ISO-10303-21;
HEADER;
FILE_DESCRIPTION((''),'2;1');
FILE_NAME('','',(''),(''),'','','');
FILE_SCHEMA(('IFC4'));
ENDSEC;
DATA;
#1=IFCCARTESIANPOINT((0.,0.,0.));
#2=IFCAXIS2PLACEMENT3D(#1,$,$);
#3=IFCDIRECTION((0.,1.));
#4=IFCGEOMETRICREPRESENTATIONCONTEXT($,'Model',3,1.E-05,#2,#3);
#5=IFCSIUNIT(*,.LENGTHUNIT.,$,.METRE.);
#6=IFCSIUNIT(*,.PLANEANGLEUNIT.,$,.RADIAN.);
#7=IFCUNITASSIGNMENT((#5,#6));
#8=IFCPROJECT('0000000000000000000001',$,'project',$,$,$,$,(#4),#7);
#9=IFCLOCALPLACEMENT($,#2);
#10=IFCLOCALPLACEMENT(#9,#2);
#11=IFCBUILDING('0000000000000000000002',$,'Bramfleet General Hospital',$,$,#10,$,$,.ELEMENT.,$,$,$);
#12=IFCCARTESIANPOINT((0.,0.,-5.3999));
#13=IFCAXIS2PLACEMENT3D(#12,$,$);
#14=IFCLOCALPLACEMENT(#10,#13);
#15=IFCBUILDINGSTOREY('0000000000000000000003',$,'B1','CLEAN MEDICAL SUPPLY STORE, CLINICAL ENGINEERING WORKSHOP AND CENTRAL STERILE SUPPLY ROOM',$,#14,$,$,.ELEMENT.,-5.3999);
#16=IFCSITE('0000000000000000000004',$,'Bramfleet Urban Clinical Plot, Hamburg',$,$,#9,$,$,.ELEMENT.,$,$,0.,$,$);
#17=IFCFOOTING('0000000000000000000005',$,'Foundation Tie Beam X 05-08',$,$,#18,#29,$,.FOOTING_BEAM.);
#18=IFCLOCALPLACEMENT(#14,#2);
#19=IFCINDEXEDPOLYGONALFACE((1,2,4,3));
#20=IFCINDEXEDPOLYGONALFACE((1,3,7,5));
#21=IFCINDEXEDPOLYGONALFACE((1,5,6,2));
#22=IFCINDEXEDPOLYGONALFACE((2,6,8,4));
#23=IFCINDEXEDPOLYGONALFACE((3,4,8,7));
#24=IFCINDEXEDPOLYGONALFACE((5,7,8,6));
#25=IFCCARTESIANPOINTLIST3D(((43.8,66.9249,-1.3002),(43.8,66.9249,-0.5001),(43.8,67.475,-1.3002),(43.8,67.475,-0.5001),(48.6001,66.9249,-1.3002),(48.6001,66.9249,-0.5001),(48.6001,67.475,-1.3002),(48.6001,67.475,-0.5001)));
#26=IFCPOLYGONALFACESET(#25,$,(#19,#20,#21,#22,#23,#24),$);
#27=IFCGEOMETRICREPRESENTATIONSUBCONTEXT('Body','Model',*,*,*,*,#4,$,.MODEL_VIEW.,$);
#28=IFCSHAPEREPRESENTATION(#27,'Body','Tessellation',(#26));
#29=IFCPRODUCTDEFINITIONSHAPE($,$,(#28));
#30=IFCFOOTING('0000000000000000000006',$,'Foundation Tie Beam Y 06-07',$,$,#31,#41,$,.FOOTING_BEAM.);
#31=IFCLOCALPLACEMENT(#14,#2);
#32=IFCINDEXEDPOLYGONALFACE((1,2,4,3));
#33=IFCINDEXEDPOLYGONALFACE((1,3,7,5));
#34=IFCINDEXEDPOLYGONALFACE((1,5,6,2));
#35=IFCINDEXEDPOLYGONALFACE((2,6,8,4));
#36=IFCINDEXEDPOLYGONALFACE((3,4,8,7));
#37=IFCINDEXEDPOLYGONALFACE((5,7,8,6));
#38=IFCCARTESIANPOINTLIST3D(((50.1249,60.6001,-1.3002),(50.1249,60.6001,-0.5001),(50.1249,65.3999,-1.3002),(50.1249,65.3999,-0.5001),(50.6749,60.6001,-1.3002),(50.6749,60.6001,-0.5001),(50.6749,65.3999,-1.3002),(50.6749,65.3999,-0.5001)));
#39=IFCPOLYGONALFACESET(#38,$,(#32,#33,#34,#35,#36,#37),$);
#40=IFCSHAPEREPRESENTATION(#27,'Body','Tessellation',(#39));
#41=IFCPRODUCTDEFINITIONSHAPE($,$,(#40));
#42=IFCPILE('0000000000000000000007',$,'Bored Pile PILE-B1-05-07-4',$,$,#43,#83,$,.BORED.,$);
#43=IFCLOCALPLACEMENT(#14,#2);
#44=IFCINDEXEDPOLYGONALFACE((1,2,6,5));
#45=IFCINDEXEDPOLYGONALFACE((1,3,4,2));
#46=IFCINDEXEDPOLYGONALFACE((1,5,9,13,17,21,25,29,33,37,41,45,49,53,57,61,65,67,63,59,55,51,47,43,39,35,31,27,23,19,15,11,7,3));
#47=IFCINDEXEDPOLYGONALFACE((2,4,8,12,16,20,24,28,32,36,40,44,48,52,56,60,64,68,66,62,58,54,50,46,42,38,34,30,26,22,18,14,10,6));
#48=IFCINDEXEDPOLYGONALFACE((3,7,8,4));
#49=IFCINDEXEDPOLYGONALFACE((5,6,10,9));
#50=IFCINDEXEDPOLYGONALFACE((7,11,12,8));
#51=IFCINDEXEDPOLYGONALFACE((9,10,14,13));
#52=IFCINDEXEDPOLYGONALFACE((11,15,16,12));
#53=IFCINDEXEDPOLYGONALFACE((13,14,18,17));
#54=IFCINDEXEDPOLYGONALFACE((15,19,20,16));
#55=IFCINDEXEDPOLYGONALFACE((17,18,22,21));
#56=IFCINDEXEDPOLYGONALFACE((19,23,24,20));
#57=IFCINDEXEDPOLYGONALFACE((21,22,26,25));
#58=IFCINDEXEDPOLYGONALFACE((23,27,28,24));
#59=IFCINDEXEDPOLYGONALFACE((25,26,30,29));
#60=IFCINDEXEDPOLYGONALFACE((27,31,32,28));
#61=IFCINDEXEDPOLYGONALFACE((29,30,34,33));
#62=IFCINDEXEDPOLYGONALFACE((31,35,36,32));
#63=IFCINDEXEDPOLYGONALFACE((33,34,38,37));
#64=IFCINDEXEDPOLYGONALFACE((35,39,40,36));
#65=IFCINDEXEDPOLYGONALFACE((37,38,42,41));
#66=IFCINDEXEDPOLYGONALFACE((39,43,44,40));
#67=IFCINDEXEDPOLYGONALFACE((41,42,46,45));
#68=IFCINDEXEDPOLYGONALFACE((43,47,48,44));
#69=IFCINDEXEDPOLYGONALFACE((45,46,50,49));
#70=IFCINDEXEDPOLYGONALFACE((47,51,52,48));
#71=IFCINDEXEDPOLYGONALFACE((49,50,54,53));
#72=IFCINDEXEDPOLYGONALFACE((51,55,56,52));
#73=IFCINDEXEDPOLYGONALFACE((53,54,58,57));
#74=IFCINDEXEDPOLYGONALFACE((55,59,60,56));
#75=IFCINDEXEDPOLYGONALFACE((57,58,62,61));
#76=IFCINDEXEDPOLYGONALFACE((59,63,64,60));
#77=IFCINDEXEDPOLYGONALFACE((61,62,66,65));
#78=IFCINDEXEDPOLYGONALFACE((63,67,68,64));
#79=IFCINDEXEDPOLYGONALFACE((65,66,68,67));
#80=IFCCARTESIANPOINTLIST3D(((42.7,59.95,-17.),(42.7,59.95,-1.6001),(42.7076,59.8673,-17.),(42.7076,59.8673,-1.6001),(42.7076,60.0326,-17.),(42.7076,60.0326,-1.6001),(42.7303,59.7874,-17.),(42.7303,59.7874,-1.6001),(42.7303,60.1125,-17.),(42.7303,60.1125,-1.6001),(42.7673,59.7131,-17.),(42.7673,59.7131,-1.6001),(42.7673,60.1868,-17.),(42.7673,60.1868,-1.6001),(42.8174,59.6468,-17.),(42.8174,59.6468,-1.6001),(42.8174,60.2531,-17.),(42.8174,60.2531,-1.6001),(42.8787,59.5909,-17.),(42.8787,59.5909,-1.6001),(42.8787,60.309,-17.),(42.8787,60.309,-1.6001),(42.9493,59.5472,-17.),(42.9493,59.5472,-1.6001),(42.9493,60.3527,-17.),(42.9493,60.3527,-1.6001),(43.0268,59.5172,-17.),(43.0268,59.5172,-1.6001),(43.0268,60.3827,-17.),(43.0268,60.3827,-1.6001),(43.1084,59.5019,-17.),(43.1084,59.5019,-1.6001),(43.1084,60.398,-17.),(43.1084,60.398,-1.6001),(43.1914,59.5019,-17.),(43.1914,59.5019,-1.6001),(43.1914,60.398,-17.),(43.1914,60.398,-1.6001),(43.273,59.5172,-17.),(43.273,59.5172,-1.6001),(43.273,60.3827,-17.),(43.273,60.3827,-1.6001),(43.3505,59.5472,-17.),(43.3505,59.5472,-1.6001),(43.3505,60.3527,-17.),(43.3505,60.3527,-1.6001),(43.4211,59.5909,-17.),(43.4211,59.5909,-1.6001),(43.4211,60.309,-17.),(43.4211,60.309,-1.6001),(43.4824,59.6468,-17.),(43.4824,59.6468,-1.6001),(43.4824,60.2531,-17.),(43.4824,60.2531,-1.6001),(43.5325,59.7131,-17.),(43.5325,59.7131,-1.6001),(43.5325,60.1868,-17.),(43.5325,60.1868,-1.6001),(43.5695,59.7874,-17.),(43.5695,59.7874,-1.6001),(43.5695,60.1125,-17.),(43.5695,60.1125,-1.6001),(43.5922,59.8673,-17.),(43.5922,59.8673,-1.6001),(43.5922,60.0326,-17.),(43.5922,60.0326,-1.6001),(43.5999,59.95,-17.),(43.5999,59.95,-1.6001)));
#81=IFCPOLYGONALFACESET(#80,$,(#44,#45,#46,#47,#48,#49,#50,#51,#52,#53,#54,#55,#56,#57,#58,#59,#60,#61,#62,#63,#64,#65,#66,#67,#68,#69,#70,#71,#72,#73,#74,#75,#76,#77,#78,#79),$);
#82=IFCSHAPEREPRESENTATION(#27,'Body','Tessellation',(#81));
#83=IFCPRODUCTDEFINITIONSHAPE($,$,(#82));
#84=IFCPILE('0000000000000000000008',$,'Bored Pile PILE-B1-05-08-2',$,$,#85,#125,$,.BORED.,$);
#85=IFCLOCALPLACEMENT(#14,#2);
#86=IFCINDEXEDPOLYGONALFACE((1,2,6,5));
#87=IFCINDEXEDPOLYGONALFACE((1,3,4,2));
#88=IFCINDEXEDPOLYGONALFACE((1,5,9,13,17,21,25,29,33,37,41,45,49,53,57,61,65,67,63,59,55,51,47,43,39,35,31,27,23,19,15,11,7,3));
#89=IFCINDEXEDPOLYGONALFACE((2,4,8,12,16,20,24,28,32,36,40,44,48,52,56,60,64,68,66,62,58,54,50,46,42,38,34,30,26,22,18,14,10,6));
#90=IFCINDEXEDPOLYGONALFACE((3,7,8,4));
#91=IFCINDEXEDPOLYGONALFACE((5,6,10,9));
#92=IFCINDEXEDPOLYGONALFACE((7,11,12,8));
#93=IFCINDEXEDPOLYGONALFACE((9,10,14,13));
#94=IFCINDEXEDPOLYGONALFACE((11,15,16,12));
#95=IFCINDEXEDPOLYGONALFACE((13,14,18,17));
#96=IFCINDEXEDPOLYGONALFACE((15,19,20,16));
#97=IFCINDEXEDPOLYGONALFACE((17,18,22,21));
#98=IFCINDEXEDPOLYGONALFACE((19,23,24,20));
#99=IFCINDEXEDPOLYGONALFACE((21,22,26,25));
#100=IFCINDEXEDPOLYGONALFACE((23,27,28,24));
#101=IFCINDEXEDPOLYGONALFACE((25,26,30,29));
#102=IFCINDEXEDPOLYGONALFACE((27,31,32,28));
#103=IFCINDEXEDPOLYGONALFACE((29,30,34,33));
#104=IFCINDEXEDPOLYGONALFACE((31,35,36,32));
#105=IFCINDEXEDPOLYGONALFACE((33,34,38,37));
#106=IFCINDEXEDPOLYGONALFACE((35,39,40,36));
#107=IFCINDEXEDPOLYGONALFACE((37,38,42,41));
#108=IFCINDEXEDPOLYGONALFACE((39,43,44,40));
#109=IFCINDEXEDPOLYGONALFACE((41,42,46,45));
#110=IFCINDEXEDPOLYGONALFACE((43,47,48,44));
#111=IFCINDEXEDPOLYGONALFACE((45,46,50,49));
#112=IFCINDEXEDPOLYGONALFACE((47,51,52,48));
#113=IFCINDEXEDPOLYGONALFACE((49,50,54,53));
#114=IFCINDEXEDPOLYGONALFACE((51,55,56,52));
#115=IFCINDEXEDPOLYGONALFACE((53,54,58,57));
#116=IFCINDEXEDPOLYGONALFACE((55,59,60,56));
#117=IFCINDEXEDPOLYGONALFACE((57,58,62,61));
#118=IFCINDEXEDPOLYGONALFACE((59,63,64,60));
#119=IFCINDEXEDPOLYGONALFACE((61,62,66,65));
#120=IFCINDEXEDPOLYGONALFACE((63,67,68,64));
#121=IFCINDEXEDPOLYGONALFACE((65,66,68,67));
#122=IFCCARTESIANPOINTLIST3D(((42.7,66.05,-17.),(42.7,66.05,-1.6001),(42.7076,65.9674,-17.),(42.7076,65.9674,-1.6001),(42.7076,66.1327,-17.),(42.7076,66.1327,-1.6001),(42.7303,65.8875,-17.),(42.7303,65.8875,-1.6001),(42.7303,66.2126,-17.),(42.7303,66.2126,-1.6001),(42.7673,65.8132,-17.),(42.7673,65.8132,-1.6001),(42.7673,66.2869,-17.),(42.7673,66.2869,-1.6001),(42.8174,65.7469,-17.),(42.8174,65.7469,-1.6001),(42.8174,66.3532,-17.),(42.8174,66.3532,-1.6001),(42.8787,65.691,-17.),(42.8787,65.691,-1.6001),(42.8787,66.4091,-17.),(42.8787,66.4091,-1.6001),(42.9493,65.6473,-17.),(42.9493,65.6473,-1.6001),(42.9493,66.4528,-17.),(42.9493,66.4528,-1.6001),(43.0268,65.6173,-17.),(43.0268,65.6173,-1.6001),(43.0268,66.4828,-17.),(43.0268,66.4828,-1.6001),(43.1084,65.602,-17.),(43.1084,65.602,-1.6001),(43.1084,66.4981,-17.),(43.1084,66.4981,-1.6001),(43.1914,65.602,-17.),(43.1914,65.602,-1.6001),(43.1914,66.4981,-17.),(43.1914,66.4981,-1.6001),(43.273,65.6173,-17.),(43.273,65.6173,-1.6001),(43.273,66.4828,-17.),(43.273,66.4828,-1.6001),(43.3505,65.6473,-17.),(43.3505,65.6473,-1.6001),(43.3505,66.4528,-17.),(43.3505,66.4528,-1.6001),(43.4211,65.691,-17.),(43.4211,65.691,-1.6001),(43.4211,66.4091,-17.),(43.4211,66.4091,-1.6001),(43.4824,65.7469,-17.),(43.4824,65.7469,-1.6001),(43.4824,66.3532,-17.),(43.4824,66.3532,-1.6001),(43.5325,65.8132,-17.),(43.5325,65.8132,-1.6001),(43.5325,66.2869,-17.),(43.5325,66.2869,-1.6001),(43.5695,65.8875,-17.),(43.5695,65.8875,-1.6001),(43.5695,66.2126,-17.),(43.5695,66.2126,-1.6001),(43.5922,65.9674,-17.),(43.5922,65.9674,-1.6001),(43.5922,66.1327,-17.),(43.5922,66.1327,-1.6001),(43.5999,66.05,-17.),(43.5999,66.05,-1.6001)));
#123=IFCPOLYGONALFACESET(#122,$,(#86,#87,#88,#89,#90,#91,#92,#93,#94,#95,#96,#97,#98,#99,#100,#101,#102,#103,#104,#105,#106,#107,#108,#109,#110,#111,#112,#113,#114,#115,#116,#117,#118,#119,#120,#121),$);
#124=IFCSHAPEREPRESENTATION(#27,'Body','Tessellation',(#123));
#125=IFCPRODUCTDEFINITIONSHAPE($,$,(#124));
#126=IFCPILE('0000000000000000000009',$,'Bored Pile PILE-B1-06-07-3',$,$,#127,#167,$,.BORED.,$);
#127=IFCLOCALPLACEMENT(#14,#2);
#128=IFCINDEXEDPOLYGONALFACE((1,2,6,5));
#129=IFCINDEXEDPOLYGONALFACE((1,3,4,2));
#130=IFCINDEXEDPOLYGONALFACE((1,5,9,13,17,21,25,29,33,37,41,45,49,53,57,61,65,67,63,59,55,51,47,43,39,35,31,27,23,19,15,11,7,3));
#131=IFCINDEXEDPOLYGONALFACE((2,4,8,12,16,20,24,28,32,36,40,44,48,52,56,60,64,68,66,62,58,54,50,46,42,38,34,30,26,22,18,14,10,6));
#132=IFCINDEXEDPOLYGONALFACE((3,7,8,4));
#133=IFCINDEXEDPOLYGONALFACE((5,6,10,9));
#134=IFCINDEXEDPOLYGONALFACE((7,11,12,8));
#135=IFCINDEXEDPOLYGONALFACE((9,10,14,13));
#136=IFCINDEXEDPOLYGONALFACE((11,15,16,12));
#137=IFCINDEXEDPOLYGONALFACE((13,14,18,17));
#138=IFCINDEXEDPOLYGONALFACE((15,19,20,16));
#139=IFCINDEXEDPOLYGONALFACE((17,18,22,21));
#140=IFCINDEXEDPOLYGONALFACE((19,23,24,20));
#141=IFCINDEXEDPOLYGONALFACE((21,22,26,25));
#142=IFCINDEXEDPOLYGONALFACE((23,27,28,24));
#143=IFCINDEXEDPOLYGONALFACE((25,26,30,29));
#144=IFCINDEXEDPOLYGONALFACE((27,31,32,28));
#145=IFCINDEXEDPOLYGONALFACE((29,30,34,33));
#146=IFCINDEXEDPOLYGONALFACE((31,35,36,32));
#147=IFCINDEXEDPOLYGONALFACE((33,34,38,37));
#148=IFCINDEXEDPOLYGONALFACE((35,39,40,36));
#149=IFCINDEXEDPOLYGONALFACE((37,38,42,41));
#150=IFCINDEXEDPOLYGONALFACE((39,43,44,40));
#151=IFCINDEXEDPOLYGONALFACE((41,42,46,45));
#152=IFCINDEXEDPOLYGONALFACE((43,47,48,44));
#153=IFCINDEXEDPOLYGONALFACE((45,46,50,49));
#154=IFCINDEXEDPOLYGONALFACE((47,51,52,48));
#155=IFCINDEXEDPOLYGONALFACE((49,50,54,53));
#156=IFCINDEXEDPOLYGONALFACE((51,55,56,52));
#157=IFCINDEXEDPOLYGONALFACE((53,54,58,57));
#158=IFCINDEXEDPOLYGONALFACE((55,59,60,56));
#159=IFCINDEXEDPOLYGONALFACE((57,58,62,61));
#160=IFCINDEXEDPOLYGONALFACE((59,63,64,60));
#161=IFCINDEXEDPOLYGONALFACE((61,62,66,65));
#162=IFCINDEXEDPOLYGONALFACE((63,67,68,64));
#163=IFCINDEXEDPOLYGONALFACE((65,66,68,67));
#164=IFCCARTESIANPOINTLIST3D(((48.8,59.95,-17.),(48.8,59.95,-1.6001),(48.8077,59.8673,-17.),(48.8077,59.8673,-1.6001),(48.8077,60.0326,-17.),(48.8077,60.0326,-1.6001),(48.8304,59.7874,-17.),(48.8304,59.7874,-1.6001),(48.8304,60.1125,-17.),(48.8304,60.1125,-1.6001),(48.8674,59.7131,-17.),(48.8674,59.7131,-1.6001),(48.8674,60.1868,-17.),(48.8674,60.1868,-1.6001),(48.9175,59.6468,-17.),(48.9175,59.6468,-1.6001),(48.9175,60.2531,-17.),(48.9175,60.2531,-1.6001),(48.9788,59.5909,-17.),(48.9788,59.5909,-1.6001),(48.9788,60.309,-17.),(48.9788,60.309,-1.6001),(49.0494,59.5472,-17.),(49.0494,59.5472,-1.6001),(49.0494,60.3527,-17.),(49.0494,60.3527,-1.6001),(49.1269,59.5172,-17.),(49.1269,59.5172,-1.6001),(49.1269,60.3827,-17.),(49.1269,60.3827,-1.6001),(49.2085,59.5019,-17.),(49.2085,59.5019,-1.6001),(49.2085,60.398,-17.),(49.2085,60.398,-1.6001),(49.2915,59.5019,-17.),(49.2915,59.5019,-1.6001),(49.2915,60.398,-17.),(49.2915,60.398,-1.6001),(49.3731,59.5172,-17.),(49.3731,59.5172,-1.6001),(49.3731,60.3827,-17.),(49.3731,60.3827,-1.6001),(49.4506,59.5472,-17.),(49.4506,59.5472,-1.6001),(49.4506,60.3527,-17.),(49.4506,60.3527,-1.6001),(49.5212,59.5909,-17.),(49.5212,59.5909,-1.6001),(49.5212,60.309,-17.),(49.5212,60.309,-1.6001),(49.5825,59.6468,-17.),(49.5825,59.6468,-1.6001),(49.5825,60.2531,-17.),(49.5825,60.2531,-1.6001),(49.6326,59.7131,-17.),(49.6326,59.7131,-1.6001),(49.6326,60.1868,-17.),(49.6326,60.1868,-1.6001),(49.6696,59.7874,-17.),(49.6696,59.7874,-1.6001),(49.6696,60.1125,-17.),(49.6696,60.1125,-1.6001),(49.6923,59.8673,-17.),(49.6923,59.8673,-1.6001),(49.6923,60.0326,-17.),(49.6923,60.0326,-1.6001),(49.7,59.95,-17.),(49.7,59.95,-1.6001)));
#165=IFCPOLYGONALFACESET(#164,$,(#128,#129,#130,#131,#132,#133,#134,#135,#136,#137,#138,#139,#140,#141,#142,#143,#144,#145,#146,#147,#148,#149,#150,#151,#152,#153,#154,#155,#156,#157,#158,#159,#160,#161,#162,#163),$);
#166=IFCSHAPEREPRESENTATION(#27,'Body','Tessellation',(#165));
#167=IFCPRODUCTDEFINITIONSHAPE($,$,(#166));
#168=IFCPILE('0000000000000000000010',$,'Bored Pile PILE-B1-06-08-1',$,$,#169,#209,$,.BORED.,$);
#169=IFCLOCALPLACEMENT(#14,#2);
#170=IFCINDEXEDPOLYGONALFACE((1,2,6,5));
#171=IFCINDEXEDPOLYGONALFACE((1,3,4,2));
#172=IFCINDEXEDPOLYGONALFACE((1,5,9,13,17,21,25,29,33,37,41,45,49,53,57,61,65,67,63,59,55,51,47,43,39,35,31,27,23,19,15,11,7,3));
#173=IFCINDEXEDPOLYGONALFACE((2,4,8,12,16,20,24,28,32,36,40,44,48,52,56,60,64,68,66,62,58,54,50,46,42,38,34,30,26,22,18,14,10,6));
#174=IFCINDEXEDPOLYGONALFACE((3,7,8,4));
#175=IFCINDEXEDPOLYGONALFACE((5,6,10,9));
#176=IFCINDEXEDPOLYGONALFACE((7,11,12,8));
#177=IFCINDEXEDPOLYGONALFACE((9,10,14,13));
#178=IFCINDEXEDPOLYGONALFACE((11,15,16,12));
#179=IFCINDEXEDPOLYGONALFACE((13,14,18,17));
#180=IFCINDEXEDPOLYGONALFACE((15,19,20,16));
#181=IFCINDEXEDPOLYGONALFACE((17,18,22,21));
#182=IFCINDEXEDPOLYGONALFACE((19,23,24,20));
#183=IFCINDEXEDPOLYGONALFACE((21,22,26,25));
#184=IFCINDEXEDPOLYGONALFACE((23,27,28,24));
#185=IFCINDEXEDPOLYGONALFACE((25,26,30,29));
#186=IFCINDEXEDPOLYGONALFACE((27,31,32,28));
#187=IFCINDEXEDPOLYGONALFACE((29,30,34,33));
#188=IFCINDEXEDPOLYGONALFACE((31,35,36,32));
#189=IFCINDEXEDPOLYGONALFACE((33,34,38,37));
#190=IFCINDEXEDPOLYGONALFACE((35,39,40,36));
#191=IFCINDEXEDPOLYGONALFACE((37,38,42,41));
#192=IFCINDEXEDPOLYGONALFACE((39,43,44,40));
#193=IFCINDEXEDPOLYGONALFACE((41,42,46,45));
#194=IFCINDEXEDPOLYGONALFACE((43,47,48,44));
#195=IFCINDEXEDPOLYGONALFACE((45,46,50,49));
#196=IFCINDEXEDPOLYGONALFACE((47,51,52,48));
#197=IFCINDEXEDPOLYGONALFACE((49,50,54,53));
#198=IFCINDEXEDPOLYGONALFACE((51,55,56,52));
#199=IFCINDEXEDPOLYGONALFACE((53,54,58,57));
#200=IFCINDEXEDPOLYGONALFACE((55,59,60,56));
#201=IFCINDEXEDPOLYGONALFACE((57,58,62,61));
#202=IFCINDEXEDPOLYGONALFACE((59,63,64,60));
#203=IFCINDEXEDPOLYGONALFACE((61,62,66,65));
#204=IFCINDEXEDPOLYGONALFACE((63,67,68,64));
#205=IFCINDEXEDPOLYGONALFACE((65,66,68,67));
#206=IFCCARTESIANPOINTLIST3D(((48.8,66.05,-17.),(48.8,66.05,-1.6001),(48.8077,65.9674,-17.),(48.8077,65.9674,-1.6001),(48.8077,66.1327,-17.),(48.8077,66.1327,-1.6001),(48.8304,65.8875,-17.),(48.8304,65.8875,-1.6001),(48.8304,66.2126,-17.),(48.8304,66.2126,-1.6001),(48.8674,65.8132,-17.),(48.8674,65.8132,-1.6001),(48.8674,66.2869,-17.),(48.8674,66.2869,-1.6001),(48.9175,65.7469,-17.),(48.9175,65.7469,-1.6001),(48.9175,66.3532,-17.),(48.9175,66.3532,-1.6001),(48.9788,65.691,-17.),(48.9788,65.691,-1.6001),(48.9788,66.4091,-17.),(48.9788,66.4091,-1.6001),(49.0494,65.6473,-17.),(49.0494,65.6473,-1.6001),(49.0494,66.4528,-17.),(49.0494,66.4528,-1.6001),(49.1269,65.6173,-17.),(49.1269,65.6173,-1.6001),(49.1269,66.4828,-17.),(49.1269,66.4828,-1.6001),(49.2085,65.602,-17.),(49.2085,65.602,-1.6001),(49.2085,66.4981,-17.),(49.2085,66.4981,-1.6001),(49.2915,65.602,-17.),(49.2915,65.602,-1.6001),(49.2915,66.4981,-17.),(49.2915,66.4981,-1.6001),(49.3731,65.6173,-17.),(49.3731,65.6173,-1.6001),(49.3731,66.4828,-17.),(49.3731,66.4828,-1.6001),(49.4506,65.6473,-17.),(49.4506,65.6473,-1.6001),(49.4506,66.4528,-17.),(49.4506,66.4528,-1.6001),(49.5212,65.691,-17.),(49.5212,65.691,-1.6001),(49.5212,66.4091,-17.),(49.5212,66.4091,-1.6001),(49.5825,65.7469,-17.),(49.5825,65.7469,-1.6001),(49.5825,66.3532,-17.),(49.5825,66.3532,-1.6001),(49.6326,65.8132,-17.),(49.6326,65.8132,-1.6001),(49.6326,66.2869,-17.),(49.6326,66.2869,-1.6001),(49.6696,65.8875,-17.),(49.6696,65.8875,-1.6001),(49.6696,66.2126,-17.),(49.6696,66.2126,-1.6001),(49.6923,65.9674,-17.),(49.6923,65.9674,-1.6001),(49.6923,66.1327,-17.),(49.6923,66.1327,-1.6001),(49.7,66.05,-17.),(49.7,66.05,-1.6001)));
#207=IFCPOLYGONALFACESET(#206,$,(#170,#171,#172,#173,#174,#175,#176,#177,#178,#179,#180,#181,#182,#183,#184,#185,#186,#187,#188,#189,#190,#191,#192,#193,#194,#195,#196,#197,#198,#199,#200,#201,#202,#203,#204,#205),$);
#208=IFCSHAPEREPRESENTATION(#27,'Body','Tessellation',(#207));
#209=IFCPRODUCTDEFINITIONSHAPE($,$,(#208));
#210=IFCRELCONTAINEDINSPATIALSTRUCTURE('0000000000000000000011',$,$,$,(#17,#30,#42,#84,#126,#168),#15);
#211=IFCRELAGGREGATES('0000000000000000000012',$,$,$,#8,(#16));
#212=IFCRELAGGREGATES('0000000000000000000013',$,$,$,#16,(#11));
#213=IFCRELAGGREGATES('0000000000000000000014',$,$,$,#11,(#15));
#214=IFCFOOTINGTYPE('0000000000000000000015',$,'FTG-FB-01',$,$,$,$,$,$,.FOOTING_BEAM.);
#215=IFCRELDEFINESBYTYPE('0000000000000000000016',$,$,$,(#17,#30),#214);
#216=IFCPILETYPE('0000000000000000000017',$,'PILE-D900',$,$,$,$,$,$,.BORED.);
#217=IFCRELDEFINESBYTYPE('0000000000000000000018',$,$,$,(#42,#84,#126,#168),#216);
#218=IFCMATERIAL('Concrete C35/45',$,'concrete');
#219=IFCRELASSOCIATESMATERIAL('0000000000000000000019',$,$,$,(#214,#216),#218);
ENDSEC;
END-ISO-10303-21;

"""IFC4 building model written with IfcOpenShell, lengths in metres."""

from ifc_helpers import new_model, si_unit, direction, frame, origin, origin_2d, place, context, subcontext, project, spatial, rectangle, circle, extrude, material, material_profile, profile_set, type_object, element, save


model = new_model("IFC4")

# Units and contexts
model_context = context("Model", 3, precision=1e-05, world=origin(), true_north=direction((0.0, 1.0)))
body_context = subcontext(model_context, "Body", "Model", "MODEL_VIEW")
ifc_project = project(units=[si_unit("LENGTHUNIT", "METRE"), si_unit("PLANEANGLEUNIT", "RADIAN")], contexts=[model_context])

# Site, building, storey
site_placement = place(None, origin())
site = spatial("IfcSite", under=ifc_project, at=site_placement, Name="Bramfleet Urban Clinical Plot, Hamburg", CompositionType="ELEMENT", RefElevation=0.0)
building_placement = place(site_placement, origin())
building = spatial("IfcBuilding", under=site, at=building_placement, Name="Bramfleet General Hospital", CompositionType="ELEMENT")
storey_placement = place(building_placement, frame((0.0, 0.0, -5.3999)))
storey = spatial("IfcBuildingStorey", under=building, at=storey_placement, Name="B1", Description="CLEAN MEDICAL SUPPLY STORE, CLINICAL ENGINEERING WORKSHOP AND CENTRAL STERILE SUPPLY ROOM", CompositionType="ELEMENT", Elevation=-5.3999)

# Footings
ifc_material_1 = material(Name="Concrete C35/45", Category="concrete")
ifc_material_profile_1 = material_profile(ifc_material_1, rectangle(XDim=0.55, YDim=0.8, at=origin_2d()), Name="RC FB 800x550")
ifc_profile_set_1 = profile_set([ifc_material_profile_1], Name="Concrete C35/45")
footing_type = type_object("IfcFootingType", Name="FTG-FB-01", PredefinedType="FOOTING_BEAM", material=ifc_profile_set_1)
footing_1_placement = place(storey_placement, frame((43.8, 67.2, -0.9001), z_axis=(1.0, 0.0, 0.0), x_axis=(0.0, 1.0, 0.0)))
element("IfcFooting", 1, at=footing_1_placement, inside=storey, type_object=footing_type, Name="Foundation Tie Beam X 05-08", PredefinedType="FOOTING_BEAM", context=body_context, shape_type="SweptSolid", body=[
    extrude(rectangle(XDim=0.55, YDim=0.8, at=origin_2d()), origin(), (0.0, 0.0, 1.0), 4.8),
])
footing_2_placement = place(storey_placement, frame((50.3999, 60.6001, -0.9001), z_axis=(0.0, 1.0, 0.0), x_axis=(-1.0, 0.0, 0.0)))
element("IfcFooting", 2, at=footing_2_placement, inside=storey, type_object=footing_type, Name="Foundation Tie Beam Y 06-07", PredefinedType="FOOTING_BEAM", context=body_context, shape_type="SweptSolid", body=[
    extrude(rectangle(XDim=0.55, YDim=0.8, at=origin_2d()), origin(), (0.0, 0.0, 1.0), 4.7998),
])

# Piles
ifc_material_profile_2 = material_profile(ifc_material_1, circle(Radius=0.45, at=origin_2d()), Name="PILE BORED D900")
ifc_profile_set_2 = profile_set([ifc_material_profile_2], Name="Concrete C35/45")
pile_type = type_object("IfcPileType", Name="PILE-D900", PredefinedType="BORED", material=ifc_profile_set_2)
for number, where, z_axis, x_axis, name in (
    (3, (43.1499, 59.95, -1.6001), (0.0, 0.0, -1.0), (1.0, 0.0, 0.0), "Bored Pile PILE-B1-05-07-4"),
    (4, (43.1499, 66.05, -1.6001), (0.0, 0.0, -1.0), (1.0, 0.0, 0.0), "Bored Pile PILE-B1-05-08-2"),
    (5, (49.25, 59.95, -1.6001), (0.0, 0.0, -1.0), (1.0, 0.0, 0.0), "Bored Pile PILE-B1-06-07-3"),
    (6, (49.25, 66.05, -1.6001), (0.0, 0.0, -1.0), (1.0, 0.0, 0.0), "Bored Pile PILE-B1-06-08-1"),
):
    element("IfcPile", number, at=place(storey_placement, frame(where, z_axis=z_axis, x_axis=x_axis)), inside=storey, type_object=pile_type, Name=name, PredefinedType="BORED", context=body_context, shape_type="SweptSolid", body=[
        extrude(circle(Radius=0.45, at=origin_2d()), origin(), (0.0, 0.0, 1.0), 15.3999),
    ])

save(model, "model.ifc")
